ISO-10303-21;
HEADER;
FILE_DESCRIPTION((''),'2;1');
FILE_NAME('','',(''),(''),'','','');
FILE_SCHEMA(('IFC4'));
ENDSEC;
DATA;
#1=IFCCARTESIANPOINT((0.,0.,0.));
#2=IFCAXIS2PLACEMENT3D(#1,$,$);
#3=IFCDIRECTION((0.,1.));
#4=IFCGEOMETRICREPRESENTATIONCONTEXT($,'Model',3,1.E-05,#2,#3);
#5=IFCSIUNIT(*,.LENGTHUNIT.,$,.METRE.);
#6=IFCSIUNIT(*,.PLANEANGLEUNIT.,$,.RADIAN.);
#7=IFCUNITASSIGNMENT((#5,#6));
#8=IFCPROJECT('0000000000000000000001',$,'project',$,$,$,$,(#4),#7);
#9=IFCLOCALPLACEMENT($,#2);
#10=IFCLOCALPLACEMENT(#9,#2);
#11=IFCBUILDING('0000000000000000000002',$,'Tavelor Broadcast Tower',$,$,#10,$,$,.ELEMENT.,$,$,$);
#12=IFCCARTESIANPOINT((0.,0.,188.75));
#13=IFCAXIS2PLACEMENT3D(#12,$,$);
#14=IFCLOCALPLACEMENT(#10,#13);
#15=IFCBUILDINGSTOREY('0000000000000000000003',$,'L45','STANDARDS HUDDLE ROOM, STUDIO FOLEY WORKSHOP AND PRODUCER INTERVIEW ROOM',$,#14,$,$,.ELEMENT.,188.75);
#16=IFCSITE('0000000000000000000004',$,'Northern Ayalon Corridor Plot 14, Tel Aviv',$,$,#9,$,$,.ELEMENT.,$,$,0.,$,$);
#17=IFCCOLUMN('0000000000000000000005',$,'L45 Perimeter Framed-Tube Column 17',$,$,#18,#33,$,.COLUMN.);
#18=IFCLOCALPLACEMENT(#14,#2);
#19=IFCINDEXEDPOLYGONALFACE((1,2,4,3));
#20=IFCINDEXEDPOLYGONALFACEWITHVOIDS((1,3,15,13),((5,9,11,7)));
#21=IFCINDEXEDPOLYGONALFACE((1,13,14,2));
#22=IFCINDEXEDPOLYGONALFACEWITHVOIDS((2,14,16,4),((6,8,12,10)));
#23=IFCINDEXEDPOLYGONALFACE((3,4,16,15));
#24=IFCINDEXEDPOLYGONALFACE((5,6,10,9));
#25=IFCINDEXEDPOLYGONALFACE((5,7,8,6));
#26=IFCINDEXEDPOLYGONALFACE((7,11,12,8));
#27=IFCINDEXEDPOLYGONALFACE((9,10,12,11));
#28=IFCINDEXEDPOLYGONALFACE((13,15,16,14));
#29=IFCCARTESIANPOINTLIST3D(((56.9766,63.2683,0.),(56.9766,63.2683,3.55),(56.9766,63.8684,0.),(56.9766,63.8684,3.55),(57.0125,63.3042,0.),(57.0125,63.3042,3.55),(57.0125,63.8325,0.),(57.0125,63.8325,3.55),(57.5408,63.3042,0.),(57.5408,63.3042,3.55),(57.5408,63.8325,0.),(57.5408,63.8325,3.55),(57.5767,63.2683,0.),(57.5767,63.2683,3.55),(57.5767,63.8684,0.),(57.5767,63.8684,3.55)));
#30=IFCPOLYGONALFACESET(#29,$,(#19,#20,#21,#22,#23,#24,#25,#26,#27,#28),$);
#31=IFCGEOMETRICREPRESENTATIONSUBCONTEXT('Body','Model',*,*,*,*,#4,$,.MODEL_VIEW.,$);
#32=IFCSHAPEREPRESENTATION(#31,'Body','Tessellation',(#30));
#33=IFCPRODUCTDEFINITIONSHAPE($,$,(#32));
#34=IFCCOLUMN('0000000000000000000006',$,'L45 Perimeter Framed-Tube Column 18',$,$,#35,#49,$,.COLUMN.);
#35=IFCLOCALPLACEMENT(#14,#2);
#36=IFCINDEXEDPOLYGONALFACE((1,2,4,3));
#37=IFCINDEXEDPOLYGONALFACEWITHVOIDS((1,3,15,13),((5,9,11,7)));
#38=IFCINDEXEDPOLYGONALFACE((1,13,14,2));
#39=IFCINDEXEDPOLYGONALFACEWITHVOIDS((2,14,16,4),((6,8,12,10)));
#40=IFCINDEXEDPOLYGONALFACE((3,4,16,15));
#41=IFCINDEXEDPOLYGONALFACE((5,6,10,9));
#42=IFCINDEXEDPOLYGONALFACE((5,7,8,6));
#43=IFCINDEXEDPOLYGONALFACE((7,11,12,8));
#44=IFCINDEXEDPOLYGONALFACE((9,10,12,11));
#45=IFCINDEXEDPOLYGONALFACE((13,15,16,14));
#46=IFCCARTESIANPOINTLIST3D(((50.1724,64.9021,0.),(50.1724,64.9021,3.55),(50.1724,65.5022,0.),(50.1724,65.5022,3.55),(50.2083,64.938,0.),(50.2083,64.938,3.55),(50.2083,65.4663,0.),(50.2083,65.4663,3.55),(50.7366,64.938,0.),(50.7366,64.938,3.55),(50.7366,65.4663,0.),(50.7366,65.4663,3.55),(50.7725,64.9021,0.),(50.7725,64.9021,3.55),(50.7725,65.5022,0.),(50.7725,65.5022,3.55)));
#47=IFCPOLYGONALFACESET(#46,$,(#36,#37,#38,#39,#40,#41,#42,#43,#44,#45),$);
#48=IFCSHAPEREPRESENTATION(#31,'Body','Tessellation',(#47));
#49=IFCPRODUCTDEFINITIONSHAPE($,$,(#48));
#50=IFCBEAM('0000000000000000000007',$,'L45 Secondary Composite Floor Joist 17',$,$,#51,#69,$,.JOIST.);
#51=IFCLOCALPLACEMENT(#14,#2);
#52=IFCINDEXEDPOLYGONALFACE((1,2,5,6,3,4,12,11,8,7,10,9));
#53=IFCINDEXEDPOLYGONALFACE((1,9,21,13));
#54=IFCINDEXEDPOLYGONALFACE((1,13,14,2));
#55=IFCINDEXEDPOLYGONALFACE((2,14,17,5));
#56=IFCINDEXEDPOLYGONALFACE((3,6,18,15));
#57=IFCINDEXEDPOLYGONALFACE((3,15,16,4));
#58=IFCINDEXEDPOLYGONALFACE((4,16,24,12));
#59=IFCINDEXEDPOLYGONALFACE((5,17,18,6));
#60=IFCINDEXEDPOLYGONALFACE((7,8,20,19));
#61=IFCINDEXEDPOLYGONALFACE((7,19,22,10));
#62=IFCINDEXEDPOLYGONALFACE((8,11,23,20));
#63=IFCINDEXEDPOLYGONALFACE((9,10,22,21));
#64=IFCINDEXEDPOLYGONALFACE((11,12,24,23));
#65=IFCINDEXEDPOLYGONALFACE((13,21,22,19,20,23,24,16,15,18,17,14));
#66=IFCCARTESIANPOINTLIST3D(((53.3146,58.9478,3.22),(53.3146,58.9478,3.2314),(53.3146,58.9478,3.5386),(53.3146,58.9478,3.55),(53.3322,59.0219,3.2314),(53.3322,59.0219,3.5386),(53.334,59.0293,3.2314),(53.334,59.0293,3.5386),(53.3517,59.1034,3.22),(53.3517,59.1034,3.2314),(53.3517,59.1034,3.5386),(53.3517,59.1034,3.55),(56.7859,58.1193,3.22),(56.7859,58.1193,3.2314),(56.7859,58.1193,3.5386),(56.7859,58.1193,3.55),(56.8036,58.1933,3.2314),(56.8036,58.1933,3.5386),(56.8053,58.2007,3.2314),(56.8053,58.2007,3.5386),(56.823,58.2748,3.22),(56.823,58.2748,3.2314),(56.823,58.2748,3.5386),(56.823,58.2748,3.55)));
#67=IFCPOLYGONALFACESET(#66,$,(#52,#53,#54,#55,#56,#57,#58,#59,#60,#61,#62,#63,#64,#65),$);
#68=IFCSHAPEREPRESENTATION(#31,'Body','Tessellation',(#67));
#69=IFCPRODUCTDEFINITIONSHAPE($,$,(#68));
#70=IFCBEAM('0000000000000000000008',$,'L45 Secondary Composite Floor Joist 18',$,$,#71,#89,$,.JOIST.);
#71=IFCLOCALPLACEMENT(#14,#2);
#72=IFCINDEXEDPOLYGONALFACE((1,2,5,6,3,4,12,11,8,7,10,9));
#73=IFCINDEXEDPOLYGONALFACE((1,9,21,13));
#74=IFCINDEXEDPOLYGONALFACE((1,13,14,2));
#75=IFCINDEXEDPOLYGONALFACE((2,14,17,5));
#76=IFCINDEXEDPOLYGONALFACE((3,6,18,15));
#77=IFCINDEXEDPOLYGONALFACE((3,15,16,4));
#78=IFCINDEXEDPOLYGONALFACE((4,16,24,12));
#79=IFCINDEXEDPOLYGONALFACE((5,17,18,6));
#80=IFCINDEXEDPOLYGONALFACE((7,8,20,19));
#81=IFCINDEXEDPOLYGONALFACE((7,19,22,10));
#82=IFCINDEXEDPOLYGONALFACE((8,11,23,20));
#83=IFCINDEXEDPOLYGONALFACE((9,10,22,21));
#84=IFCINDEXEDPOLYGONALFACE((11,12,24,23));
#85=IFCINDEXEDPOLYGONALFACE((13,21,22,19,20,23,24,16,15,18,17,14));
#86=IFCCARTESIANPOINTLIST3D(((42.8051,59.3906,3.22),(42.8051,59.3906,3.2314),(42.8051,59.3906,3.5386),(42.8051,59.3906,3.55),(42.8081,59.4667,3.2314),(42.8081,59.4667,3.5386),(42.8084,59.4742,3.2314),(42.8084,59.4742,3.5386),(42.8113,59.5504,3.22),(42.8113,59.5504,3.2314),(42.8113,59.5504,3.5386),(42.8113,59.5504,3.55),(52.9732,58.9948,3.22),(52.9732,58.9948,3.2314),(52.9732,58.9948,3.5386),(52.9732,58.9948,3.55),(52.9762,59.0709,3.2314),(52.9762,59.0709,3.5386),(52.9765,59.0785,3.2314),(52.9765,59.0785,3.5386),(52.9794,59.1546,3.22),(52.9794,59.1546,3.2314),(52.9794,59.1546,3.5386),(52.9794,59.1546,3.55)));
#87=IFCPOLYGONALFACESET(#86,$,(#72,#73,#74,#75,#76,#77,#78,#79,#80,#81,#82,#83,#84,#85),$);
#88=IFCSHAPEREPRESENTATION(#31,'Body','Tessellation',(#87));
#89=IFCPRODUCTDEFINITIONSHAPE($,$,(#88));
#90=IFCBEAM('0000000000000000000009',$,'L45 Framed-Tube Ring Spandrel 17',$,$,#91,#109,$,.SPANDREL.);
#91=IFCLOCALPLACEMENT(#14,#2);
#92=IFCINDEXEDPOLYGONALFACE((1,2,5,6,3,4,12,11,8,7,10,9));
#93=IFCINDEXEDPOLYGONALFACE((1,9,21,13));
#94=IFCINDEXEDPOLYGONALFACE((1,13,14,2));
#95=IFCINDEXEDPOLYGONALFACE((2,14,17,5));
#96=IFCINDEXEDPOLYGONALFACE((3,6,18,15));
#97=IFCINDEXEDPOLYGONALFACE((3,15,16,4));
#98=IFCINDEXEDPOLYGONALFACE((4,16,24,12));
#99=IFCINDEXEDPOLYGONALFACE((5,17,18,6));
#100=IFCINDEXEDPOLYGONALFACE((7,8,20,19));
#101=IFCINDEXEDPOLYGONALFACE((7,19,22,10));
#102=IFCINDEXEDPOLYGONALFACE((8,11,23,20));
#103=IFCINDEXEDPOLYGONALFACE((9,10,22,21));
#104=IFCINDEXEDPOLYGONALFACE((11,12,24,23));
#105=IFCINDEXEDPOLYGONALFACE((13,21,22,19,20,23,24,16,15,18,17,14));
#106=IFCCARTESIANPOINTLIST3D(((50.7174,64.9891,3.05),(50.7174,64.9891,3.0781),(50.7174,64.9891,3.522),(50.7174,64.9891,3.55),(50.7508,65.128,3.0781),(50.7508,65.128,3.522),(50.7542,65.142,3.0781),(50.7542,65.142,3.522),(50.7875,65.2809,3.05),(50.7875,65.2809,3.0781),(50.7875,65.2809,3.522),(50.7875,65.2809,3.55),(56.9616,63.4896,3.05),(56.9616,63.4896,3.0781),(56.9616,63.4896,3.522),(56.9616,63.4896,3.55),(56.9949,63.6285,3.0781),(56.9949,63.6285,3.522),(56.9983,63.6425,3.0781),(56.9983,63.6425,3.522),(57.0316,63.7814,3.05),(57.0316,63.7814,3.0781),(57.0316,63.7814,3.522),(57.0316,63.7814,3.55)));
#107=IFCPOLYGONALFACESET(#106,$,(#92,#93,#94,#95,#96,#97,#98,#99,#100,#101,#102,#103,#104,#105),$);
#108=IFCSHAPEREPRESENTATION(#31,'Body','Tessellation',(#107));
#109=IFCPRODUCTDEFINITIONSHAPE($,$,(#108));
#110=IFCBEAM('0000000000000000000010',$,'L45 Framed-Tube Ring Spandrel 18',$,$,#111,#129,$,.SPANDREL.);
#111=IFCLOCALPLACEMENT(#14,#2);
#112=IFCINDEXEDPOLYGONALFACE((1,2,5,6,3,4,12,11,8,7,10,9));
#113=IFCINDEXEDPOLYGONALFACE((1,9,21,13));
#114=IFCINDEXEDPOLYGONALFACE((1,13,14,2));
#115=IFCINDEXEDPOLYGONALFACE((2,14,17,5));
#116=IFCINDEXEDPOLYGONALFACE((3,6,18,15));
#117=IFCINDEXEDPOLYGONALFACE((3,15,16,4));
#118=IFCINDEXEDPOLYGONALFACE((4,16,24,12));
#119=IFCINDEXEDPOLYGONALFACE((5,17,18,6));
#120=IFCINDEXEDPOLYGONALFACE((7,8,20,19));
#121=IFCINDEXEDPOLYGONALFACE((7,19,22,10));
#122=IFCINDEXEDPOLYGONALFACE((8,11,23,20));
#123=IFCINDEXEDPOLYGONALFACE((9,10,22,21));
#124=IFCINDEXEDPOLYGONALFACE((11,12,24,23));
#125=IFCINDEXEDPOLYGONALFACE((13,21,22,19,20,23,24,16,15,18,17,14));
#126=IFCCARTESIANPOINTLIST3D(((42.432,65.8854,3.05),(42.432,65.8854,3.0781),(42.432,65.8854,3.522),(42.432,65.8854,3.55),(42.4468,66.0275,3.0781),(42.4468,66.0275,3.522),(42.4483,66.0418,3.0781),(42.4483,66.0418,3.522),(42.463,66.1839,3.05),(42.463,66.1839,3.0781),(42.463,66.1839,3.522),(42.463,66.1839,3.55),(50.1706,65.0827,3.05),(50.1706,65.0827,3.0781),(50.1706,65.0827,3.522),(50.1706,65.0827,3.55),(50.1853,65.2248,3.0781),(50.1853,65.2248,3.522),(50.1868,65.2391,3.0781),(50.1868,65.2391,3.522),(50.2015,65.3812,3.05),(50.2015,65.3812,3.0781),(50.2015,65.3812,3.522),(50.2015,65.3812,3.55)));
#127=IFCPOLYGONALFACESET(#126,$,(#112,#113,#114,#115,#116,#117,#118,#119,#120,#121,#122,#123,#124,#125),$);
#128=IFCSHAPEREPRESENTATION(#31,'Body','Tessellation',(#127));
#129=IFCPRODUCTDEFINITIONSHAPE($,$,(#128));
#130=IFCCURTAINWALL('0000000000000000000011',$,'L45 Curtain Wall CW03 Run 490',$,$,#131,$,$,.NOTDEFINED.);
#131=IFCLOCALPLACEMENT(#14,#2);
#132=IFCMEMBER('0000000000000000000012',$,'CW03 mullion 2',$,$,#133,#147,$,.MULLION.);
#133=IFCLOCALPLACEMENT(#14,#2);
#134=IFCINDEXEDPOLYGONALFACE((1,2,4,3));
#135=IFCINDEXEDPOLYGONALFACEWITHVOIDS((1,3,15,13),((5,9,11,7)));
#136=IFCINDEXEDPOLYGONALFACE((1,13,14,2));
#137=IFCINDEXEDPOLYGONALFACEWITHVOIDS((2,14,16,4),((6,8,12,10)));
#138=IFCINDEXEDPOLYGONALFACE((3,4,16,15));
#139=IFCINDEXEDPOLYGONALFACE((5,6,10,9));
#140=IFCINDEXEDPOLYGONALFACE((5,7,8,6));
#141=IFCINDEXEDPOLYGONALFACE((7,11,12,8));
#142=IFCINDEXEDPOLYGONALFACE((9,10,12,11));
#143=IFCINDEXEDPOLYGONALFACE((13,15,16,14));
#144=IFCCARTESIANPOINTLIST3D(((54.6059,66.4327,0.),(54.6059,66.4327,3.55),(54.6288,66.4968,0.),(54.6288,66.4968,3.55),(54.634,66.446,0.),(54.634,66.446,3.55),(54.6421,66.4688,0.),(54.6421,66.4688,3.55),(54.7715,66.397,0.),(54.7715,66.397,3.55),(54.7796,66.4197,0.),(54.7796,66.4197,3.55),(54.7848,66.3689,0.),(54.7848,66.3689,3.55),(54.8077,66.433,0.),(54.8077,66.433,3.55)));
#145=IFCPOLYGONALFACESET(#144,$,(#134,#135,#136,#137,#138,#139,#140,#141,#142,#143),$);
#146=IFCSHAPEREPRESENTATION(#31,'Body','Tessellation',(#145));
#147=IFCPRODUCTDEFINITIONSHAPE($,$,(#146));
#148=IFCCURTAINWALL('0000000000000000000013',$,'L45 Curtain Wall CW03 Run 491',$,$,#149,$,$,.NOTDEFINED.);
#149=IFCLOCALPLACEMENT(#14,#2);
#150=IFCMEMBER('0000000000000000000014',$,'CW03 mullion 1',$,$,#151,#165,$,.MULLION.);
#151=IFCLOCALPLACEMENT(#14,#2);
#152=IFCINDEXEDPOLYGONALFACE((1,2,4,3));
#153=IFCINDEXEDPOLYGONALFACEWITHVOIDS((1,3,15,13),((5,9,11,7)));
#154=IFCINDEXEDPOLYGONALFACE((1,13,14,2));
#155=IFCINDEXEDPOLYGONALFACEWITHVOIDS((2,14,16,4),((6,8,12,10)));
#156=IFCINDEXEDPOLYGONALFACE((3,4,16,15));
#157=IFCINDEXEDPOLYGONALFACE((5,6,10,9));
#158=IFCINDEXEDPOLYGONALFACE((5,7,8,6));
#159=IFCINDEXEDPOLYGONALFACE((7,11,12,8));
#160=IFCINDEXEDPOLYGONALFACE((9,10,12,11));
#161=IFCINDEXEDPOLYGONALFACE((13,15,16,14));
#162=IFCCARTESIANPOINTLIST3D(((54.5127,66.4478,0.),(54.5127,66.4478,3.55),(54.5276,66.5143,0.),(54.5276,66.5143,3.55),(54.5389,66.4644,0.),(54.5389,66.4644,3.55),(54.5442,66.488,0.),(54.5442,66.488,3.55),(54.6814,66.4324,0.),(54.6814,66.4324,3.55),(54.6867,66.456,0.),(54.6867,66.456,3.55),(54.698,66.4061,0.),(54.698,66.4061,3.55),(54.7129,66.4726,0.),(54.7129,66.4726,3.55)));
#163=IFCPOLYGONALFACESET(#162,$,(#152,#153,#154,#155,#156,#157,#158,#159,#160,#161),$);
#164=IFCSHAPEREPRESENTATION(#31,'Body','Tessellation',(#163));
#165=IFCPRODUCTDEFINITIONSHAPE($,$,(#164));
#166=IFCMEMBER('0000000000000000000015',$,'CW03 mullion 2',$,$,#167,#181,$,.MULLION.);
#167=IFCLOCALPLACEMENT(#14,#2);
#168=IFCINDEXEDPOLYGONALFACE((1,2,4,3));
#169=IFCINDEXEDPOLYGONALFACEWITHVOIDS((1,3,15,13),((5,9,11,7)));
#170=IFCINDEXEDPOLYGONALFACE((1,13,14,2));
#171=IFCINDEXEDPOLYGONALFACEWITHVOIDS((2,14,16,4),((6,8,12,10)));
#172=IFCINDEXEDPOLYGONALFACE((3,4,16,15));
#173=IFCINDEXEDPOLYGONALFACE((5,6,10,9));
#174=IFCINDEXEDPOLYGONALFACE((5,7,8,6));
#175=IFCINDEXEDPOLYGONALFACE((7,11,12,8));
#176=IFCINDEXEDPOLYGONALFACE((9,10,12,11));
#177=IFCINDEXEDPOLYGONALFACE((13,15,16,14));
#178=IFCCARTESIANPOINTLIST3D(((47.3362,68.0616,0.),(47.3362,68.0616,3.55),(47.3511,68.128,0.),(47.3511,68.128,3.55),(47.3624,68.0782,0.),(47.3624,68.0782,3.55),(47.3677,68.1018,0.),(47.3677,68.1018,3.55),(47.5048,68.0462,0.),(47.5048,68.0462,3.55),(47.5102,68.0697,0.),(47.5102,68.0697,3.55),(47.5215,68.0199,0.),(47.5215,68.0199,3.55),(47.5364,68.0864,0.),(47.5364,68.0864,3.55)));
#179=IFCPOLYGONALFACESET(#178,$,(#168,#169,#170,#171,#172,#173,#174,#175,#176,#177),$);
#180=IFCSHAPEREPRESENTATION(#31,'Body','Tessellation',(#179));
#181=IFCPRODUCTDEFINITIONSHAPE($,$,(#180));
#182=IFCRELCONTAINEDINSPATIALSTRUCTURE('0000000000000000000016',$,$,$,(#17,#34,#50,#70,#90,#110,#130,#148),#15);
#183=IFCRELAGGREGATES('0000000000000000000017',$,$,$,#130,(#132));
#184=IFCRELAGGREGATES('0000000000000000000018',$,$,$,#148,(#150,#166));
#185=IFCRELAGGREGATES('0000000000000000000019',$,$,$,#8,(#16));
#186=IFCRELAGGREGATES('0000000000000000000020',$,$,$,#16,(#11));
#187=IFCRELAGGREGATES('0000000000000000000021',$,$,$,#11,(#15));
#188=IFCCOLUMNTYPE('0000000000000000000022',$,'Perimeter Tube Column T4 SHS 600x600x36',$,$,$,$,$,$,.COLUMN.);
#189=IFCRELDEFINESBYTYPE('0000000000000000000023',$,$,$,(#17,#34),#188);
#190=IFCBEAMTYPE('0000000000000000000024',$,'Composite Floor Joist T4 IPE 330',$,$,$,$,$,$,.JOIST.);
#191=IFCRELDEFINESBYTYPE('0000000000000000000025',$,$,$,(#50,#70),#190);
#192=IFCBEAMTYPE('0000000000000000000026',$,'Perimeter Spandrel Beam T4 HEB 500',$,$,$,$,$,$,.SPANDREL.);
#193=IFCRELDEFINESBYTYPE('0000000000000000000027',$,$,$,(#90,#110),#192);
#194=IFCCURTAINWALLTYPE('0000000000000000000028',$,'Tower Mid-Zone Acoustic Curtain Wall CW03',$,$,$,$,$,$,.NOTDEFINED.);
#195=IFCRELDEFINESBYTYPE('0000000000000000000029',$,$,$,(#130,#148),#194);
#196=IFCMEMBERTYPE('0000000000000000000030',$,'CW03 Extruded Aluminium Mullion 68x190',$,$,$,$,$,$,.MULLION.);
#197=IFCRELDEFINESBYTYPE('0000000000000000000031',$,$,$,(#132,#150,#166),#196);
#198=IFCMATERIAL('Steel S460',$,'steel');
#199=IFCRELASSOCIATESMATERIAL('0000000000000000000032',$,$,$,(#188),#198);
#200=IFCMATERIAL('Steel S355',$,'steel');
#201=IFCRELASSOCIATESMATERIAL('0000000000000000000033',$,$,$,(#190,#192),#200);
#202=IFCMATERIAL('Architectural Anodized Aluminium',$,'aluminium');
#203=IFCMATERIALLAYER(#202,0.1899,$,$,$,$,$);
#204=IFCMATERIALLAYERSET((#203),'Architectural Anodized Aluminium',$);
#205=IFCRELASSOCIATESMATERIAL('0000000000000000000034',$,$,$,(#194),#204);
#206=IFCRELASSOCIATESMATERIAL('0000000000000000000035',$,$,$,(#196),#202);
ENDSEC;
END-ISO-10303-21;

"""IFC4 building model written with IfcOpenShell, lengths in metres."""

from ifc_helpers import new_model, si_unit, direction, frame, origin, origin_2d, place, context, subcontext, project, spatial, hollow_rectangle, i_section, extrude, source, transform, mapped, material, layer, layer_set, material_profile, profile_set, type_object, type_shapes, element, aggregate, save


model = new_model("IFC4")

# Units and contexts
model_context = context("Model", 3, precision=1e-05, world=origin(), true_north=direction((0.0, 1.0)))
body_context = subcontext(model_context, "Body", "Model", "MODEL_VIEW")
ifc_project = project(units=[si_unit("LENGTHUNIT", "METRE"), si_unit("PLANEANGLEUNIT", "RADIAN")], contexts=[model_context])

# Site, building, storey
site_placement = place(None, origin())
site = spatial("IfcSite", under=ifc_project, at=site_placement, Name="Northern Ayalon Corridor Plot 14, Tel Aviv", CompositionType="ELEMENT", RefElevation=0.0)
building_placement = place(site_placement, origin())
building = spatial("IfcBuilding", under=site, at=building_placement, Name="Tavelor Broadcast Tower", CompositionType="ELEMENT")
storey_placement = place(building_placement, frame((0.0, 0.0, 188.75)))
storey = spatial("IfcBuildingStorey", under=building, at=storey_placement, Name="L45", Description="STANDARDS HUDDLE ROOM, STUDIO FOLEY WORKSHOP AND PRODUCER INTERVIEW ROOM", CompositionType="ELEMENT", Elevation=188.75)

# Columns
ifc_material_1 = material(Name="Steel S460", Category="steel")
ifc_material_profile_1 = material_profile(ifc_material_1, hollow_rectangle(XDim=0.6001, YDim=0.6001, WallThickness=0.0359, at=origin_2d()), Name="SHS 600x600x36")
ifc_profile_set_1 = profile_set([ifc_material_profile_1], Name="Steel S460")
column_type = type_object("IfcColumnType", Name="Perimeter Tube Column T4 SHS 600x600x36", PredefinedType="COLUMN", material=ifc_profile_set_1)
for number, where, z_axis, x_axis, name in (
    (1, (57.2766, 63.5684, 0.0), (0.0, 0.0, 1.0), (1.0, 0.0, 0.0), "L45 Perimeter Framed-Tube Column 17"),
    (2, (50.4724, 65.2021, 0.0), (0.0, 0.0, 1.0), (1.0, 0.0, 0.0), "L45 Perimeter Framed-Tube Column 18"),
):
    element("IfcColumn", number, at=place(storey_placement, frame(where, z_axis=z_axis, x_axis=x_axis)), inside=storey, type_object=column_type, Name=name, PredefinedType="COLUMN", context=body_context, shape_type="SweptSolid", body=[
        extrude(hollow_rectangle(XDim=0.6001, YDim=0.6001, WallThickness=0.0359, at=origin_2d()), origin(), (0.0, 0.0, 1.0), 3.55),
    ])

# Beams
ifc_material_2 = material(Name="Steel S355", Category="steel")
ifc_material_profile_2 = material_profile(ifc_material_2, i_section(OverallWidth=0.1599, OverallDepth=0.3301, WebThickness=0.0076, FlangeThickness=0.0115, at=origin_2d()), Name="IPE 330")
ifc_profile_set_2 = profile_set([ifc_material_profile_2], Name="Steel S355")
beam_type_1 = type_object("IfcBeamType", Name="Composite Floor Joist T4 IPE 330", PredefinedType="JOIST", material=ifc_profile_set_2)
beam_1_placement = place(storey_placement, frame((56.8044, 58.197, 3.385), z_axis=(-0.972675, 0.232172, 0.0), x_axis=(-0.232172, -0.972675, 0.0)))
element("IfcBeam", 3, at=beam_1_placement, inside=storey, type_object=beam_type_1, Name="L45 Secondary Composite Floor Joist 17", PredefinedType="JOIST", context=body_context, shape_type="SweptSolid", body=[
    extrude(i_section(OverallWidth=0.1599, OverallDepth=0.3301, WebThickness=0.0076, FlangeThickness=0.0115, at=origin_2d()), origin(), (0.0, 0.0, 1.0), 3.5688),
])
beam_2_placement = place(storey_placement, frame((52.9763, 59.0747, 3.385), z_axis=(-0.999243, 0.038892, 0.0), x_axis=(-0.038892, -0.999243, 0.0)))
element("IfcBeam", 4, at=beam_2_placement, inside=storey, type_object=beam_type_1, Name="L45 Secondary Composite Floor Joist 18", PredefinedType="JOIST", context=body_context, shape_type="SweptSolid", body=[
    extrude(i_section(OverallWidth=0.1599, OverallDepth=0.3301, WebThickness=0.0076, FlangeThickness=0.0115, at=origin_2d()), origin(), (0.0, 0.0, 1.0), 10.1758),
])
ifc_material_profile_3 = material_profile(ifc_material_2, i_section(OverallWidth=0.3, OverallDepth=0.5, WebThickness=0.0144, FlangeThickness=0.0281, at=origin_2d()), Name="HEB 500")
ifc_profile_set_3 = profile_set([ifc_material_profile_3], Name="Steel S355")
beam_type_2 = type_object("IfcBeamType", Name="Perimeter Spandrel Beam T4 HEB 500", PredefinedType="SPANDREL", material=ifc_profile_set_3)
beam_3_placement = place(storey_placement, frame((56.9966, 63.6355, 3.3), z_axis=(-0.972355, 0.233508, 0.0), x_axis=(-0.233508, -0.972355, 0.0)))
element("IfcBeam", 5, at=beam_3_placement, inside=storey, type_object=beam_type_2, Name="L45 Framed-Tube Ring Spandrel 17", PredefinedType="SPANDREL", context=body_context, shape_type="SweptSolid", body=[
    extrude(i_section(OverallWidth=0.3, OverallDepth=0.5, WebThickness=0.0144, FlangeThickness=0.0281, at=origin_2d()), origin(), (0.0, 0.0, 1.0), 6.4216),
])
beam_4_placement = place(storey_placement, frame((50.186, 65.2319, 3.3), z_axis=(-0.994663, 0.103179, 0.0), x_axis=(-0.103179, -0.994663, 0.0)))
element("IfcBeam", 6, at=beam_4_placement, inside=storey, type_object=beam_type_2, Name="L45 Framed-Tube Ring Spandrel 18", PredefinedType="SPANDREL", context=body_context, shape_type="SweptSolid", body=[
    extrude(i_section(OverallWidth=0.3, OverallDepth=0.5, WebThickness=0.0144, FlangeThickness=0.0281, at=origin_2d()), origin(), (0.0, 0.0, 1.0), 7.78),
])

# Curtain wall, member
ifc_material_3 = material(Name="Architectural Anodized Aluminium", Category="aluminium")
ifc_layer_1 = layer(ifc_material_3, 0.1899)
ifc_layer_set_1 = layer_set([ifc_layer_1], Name="Architectural Anodized Aluminium")
curtain_wall_type = type_object("IfcCurtainWallType", Name="Tower Mid-Zone Acoustic Curtain Wall CW03", PredefinedType="NOTDEFINED", material=ifc_layer_set_1)
curtain_wall_1_placement = place(storey_placement, origin())
curtain_wall_1 = element("IfcCurtainWall", 7, at=curtain_wall_1_placement, inside=storey, type_object=curtain_wall_type, Name="L45 Curtain Wall CW03 Run 490", PredefinedType="NOTDEFINED")
ifc_material_profile_4 = material_profile(ifc_material_3, hollow_rectangle(XDim=0.0681, YDim=0.1899, WallThickness=0.022, at=origin_2d()), Name="RHS 68x190x22")
ifc_profile_set_4 = profile_set([ifc_material_profile_4], Name="Architectural Anodized Aluminium")
member_type_1 = type_object("IfcMemberType", Name="CW03 Extruded Aluminium Mullion 68x190", PredefinedType="MULLION", material=ifc_profile_set_4)
shared_shape_1 = source(origin(), body_context, "Body", "SweptSolid", [
    extrude(hollow_rectangle(XDim=0.0681, YDim=0.1899, WallThickness=0.022, at=origin_2d()), origin(), (0.0, 0.0, 1.0), 3.55),
])
type_shapes(member_type_1, [shared_shape_1])
member_1_placement = place(storey_placement, frame((54.7068, 66.4329, 0.0), z_axis=(0.0, 0.0, 1.0), x_axis=(-0.335864, -0.94191, 0.0)))
member_1 = element("IfcMember", 8, at=member_1_placement, type_object=member_type_1, Name="CW03 mullion 2", PredefinedType="MULLION", context=body_context, shape_type="MappedRepresentation", body=[
    mapped(shared_shape_1, transform((0.0, 0.0, 0.0), scale=1.0)),
])
aggregate(curtain_wall_1, [member_1])

# Curtain wall, members
curtain_wall_2_placement = place(storey_placement, origin())
curtain_wall_2 = element("IfcCurtainWall", 9, at=curtain_wall_2_placement, inside=storey, type_object=curtain_wall_type, Name="L45 Curtain Wall CW03 Run 491", PredefinedType="NOTDEFINED")
member_2_placement = place(storey_placement, frame((54.6128, 66.4602, 0.0), z_axis=(0.0, 0.0, 1.0), x_axis=(-0.219406, -0.975634, 0.0)))
member_2 = element("IfcMember", 10, at=member_2_placement, type_object=member_type_1, Name="CW03 mullion 1", PredefinedType="MULLION", context=body_context, shape_type="MappedRepresentation", body=[
    mapped(shared_shape_1, transform((0.0, 0.0, 0.0), scale=1.0)),
])
member_3_placement = place(storey_placement, frame((47.4363, 68.074, 0.0), z_axis=(0.0, 0.0, 1.0), x_axis=(-0.219406, -0.975634, 0.0)))
member_3 = element("IfcMember", 11, at=member_3_placement, type_object=member_type_1, Name="CW03 mullion 2", PredefinedType="MULLION", context=body_context, shape_type="MappedRepresentation", body=[
    mapped(shared_shape_1, transform((0.0, 0.0, 0.0), scale=1.0)),
])

aggregate(curtain_wall_2, [member_2, member_3])

save(model, "model.ifc")
